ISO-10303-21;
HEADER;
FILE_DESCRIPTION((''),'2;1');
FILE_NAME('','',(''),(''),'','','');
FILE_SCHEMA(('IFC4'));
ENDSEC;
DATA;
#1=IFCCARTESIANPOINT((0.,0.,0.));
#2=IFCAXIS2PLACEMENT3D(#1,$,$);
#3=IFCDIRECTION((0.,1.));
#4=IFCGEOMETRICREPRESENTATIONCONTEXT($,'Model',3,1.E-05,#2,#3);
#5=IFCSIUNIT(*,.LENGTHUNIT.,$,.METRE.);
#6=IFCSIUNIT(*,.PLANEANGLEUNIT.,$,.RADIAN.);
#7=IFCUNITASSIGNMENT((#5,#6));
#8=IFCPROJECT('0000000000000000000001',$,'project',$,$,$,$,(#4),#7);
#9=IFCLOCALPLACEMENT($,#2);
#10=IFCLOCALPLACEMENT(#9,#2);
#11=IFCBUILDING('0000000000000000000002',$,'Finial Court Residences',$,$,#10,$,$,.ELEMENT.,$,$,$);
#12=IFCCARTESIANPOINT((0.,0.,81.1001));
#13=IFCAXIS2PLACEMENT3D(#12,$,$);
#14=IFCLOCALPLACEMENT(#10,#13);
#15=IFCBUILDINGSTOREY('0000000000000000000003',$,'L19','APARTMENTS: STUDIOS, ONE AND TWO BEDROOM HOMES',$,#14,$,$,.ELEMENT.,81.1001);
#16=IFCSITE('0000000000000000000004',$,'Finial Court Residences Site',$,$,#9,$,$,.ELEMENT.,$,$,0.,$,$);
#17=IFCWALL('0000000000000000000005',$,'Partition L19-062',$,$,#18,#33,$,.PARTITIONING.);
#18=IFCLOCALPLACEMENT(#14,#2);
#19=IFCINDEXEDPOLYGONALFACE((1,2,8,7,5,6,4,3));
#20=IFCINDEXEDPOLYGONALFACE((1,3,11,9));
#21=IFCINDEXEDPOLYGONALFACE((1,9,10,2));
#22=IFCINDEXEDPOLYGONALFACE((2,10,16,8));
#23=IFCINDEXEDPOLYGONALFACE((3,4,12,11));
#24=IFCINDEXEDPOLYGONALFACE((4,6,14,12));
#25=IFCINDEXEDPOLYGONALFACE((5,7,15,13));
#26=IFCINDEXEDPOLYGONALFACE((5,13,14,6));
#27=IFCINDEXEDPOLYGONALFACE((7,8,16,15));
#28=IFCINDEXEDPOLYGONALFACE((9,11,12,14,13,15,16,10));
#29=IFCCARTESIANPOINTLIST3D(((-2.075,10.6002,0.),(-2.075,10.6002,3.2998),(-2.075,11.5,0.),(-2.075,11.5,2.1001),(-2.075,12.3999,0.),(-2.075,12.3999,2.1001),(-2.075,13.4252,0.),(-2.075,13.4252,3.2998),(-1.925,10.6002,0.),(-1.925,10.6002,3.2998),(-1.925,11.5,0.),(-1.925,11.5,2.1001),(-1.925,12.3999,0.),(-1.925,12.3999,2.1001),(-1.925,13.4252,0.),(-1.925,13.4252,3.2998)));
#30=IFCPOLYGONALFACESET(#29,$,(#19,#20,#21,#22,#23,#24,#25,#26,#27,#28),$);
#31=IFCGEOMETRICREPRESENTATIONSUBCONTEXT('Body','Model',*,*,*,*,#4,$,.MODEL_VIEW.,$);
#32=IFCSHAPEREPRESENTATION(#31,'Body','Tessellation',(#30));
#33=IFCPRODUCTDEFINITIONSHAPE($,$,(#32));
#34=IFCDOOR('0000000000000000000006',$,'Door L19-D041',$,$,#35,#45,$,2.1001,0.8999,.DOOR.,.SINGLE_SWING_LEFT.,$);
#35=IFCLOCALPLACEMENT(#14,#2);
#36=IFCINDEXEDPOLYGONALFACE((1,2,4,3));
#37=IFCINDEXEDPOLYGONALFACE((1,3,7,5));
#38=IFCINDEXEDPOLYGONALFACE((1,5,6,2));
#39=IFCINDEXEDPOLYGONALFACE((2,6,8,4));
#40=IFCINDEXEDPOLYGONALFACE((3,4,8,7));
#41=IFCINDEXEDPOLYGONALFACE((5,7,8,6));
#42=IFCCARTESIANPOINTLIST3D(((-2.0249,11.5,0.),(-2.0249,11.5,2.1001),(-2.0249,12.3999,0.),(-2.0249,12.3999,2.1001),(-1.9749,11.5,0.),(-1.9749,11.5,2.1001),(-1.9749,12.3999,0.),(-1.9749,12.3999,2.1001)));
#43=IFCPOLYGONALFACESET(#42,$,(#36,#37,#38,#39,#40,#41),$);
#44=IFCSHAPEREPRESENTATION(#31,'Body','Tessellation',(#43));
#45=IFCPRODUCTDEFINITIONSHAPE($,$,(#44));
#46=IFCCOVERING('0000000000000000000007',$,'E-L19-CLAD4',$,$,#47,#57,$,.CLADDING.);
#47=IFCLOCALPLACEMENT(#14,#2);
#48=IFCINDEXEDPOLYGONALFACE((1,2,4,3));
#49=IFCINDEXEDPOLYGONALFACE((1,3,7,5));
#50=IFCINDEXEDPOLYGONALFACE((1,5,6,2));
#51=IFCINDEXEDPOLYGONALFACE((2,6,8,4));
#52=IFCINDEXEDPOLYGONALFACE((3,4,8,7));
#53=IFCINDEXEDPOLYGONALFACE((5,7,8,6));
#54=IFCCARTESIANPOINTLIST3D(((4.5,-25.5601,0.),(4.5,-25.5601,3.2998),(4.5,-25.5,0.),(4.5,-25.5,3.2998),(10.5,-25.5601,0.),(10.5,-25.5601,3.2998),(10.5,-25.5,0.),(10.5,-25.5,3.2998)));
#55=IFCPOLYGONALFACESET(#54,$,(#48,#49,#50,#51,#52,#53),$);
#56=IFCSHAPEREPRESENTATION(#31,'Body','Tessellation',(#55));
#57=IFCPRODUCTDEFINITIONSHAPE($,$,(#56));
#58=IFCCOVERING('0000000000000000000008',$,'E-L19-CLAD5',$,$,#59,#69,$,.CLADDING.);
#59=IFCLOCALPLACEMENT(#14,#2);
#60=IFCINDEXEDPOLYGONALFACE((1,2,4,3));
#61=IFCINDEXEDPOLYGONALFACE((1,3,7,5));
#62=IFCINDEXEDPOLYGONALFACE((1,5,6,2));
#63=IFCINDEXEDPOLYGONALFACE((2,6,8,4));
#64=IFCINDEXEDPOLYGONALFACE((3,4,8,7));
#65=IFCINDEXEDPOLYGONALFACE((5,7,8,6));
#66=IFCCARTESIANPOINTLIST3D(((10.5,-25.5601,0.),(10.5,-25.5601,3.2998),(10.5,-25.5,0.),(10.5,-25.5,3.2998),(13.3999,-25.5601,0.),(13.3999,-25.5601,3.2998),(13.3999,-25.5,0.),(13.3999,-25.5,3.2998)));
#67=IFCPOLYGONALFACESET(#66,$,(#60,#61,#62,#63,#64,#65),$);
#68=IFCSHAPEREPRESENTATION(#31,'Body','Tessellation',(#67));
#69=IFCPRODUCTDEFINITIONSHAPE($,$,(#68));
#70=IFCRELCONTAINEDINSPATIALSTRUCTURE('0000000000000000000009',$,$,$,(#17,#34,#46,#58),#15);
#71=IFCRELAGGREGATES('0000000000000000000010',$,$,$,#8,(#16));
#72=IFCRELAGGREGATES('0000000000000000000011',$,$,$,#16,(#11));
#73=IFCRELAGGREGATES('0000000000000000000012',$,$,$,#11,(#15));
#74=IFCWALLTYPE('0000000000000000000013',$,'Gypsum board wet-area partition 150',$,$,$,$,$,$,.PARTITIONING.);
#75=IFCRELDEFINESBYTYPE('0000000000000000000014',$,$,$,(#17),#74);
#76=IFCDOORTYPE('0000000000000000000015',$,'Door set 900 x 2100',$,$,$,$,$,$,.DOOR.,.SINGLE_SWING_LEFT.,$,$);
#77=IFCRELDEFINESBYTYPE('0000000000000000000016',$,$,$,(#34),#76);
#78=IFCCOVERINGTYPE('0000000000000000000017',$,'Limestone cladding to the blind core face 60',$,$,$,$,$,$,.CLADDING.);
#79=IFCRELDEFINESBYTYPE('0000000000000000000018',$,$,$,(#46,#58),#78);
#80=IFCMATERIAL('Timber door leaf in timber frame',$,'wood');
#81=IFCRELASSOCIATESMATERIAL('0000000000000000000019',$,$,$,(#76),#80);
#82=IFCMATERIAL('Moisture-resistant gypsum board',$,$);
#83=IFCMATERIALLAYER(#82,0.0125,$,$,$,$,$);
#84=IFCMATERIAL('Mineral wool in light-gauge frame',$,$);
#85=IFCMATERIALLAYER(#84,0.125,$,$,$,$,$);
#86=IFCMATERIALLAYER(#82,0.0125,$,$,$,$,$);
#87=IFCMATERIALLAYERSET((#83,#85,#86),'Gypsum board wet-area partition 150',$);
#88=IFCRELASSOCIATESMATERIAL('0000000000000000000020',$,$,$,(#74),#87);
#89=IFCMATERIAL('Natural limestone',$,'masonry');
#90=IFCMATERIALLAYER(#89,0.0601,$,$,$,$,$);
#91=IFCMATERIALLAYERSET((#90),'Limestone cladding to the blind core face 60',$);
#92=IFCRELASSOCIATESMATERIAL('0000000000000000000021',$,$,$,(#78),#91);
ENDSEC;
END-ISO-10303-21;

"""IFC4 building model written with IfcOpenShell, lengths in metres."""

from ifc_helpers import new_model, si_unit, direction, frame, frame_2d, origin, place, context, subcontext, project, spatial, polyline, rectangle, outline, extrude, material, layer, layer_set, type_object, element, fill, save


model = new_model("IFC4")

# Units and contexts
model_context = context("Model", 3, precision=1e-05, world=origin(), true_north=direction((0.0, 1.0)))
body_context = subcontext(model_context, "Body", "Model", "MODEL_VIEW")
ifc_project = project(units=[si_unit("LENGTHUNIT", "METRE"), si_unit("PLANEANGLEUNIT", "RADIAN")], contexts=[model_context])

# Site, building, storey
site_placement = place(None, origin())
site = spatial("IfcSite", under=ifc_project, at=site_placement, Name="Finial Court Residences Site", CompositionType="ELEMENT", RefElevation=0.0)
building_placement = place(site_placement, origin())
building = spatial("IfcBuilding", under=site, at=building_placement, Name="Finial Court Residences", CompositionType="ELEMENT")
storey_placement = place(building_placement, frame((0.0, 0.0, 81.1001)))
storey = spatial("IfcBuildingStorey", under=building, at=storey_placement, Name="L19", Description="APARTMENTS: STUDIOS, ONE AND TWO BEDROOM HOMES", CompositionType="ELEMENT", Elevation=81.1001)

# Shared definitions
ifc_material_1 = material(Name="Mineral wool in light-gauge frame")
ifc_material_2 = material(Name="Timber door leaf in timber frame", Category="wood")
door_type = type_object("IfcDoorType", Name="Door set 900 x 2100", OperationType="SINGLE_SWING_LEFT", PredefinedType="DOOR", material=ifc_material_2)
ifc_material_3 = material(Name="Moisture-resistant gypsum board")
ifc_layer_1 = layer(ifc_material_3, 0.0125)
ifc_layer_2 = layer(ifc_material_1, 0.125)
ifc_layer_3 = layer(ifc_material_3, 0.0125)
ifc_layer_set_1 = layer_set([ifc_layer_1, ifc_layer_2, ifc_layer_3], Name="Gypsum board wet-area partition 150")
wall_type_1 = type_object("IfcWallType", Name="Gypsum board wet-area partition 150", PredefinedType="PARTITIONING", material=ifc_layer_set_1)

# Wall, opening, door
wall_1_placement = place(storey_placement, frame((-2.0, 10.6001, 0.0), z_axis=(0.0, 0.0, 1.0), x_axis=(0.0, 1.0, 0.0)))
wall_1 = element("IfcWall", 1, at=wall_1_placement, inside=storey, type_object=wall_type_1, Name="Partition L19-062", PredefinedType="PARTITIONING", context=body_context, shape_type="SweptSolid", body=[
    extrude(rectangle(XDim=2.825, YDim=0.1499, at=frame_2d((1.4126, 0.0))), origin(), (0.0, 0.0, 1.0), 3.2998),
])
opening_1_placement = place(wall_1_placement, frame((0.8999, 0.0, 0.0)))
opening_1 = element("IfcOpeningElement", 2, at=opening_1_placement, cuts=wall_1, PredefinedType="OPENING", context=body_context, shape_type="SweptSolid", body=[
    extrude(rectangle(XDim=0.8999, YDim=2.1001, at=frame_2d((0.45, 1.05))), frame((0.0, 0.085, 0.0), z_axis=(0.0, -1.0, 0.0), x_axis=(1.0, 0.0, 0.0)), (0.0, 0.0, 1.0), 0.1699),
])
door_1_placement = place(opening_1_placement, origin())
door_1 = element("IfcDoor", 3, at=door_1_placement, inside=storey, type_object=door_type, Name="Door L19-D041", OperationType="SINGLE_SWING_LEFT", OverallHeight=2.1001, OverallWidth=0.8999, PredefinedType="DOOR", context=body_context, shape_type="SweptSolid", body=[
    extrude(rectangle(XDim=0.8999, YDim=2.1001, at=frame_2d((0.45, 1.05))), frame((0.0, 0.0249, 0.0), z_axis=(0.0, -1.0, 0.0), x_axis=(1.0, 0.0, 0.0)), (0.0, 0.0, 1.0), 0.05),
])
fill(opening_1, door_1)

# Coverings
ifc_material_4 = material(Name="Natural limestone", Category="masonry")
ifc_layer_4 = layer(ifc_material_4, 0.0601)
ifc_layer_set_2 = layer_set([ifc_layer_4], Name="Limestone cladding to the blind core face 60")
covering_type = type_object("IfcCoveringType", Name="Limestone cladding to the blind core face 60", PredefinedType="CLADDING", material=ifc_layer_set_2)
covering_1_placement = place(storey_placement, origin())
element("IfcCovering", 4, at=covering_1_placement, inside=storey, type_object=covering_type, Name="E-L19-CLAD4", PredefinedType="CLADDING", context=body_context, shape_type="SweptSolid", body=[
    extrude(outline(polyline([(10.5, -25.5601), (10.5, -25.5), (4.5, -25.5), (4.5, -25.5601), (10.5, -25.5601)])), origin(), (0.0, 0.0, 1.0), 3.2998),
])
covering_2_placement = place(storey_placement, origin())
element("IfcCovering", 5, at=covering_2_placement, inside=storey, type_object=covering_type, Name="E-L19-CLAD5", PredefinedType="CLADDING", context=body_context, shape_type="SweptSolid", body=[
    extrude(outline(polyline([(13.3999, -25.5601), (13.3999, -25.5), (10.5, -25.5), (10.5, -25.5601), (13.3999, -25.5601)])), origin(), (0.0, 0.0, 1.0), 3.2998),
])

save(model, "model.ifc")
